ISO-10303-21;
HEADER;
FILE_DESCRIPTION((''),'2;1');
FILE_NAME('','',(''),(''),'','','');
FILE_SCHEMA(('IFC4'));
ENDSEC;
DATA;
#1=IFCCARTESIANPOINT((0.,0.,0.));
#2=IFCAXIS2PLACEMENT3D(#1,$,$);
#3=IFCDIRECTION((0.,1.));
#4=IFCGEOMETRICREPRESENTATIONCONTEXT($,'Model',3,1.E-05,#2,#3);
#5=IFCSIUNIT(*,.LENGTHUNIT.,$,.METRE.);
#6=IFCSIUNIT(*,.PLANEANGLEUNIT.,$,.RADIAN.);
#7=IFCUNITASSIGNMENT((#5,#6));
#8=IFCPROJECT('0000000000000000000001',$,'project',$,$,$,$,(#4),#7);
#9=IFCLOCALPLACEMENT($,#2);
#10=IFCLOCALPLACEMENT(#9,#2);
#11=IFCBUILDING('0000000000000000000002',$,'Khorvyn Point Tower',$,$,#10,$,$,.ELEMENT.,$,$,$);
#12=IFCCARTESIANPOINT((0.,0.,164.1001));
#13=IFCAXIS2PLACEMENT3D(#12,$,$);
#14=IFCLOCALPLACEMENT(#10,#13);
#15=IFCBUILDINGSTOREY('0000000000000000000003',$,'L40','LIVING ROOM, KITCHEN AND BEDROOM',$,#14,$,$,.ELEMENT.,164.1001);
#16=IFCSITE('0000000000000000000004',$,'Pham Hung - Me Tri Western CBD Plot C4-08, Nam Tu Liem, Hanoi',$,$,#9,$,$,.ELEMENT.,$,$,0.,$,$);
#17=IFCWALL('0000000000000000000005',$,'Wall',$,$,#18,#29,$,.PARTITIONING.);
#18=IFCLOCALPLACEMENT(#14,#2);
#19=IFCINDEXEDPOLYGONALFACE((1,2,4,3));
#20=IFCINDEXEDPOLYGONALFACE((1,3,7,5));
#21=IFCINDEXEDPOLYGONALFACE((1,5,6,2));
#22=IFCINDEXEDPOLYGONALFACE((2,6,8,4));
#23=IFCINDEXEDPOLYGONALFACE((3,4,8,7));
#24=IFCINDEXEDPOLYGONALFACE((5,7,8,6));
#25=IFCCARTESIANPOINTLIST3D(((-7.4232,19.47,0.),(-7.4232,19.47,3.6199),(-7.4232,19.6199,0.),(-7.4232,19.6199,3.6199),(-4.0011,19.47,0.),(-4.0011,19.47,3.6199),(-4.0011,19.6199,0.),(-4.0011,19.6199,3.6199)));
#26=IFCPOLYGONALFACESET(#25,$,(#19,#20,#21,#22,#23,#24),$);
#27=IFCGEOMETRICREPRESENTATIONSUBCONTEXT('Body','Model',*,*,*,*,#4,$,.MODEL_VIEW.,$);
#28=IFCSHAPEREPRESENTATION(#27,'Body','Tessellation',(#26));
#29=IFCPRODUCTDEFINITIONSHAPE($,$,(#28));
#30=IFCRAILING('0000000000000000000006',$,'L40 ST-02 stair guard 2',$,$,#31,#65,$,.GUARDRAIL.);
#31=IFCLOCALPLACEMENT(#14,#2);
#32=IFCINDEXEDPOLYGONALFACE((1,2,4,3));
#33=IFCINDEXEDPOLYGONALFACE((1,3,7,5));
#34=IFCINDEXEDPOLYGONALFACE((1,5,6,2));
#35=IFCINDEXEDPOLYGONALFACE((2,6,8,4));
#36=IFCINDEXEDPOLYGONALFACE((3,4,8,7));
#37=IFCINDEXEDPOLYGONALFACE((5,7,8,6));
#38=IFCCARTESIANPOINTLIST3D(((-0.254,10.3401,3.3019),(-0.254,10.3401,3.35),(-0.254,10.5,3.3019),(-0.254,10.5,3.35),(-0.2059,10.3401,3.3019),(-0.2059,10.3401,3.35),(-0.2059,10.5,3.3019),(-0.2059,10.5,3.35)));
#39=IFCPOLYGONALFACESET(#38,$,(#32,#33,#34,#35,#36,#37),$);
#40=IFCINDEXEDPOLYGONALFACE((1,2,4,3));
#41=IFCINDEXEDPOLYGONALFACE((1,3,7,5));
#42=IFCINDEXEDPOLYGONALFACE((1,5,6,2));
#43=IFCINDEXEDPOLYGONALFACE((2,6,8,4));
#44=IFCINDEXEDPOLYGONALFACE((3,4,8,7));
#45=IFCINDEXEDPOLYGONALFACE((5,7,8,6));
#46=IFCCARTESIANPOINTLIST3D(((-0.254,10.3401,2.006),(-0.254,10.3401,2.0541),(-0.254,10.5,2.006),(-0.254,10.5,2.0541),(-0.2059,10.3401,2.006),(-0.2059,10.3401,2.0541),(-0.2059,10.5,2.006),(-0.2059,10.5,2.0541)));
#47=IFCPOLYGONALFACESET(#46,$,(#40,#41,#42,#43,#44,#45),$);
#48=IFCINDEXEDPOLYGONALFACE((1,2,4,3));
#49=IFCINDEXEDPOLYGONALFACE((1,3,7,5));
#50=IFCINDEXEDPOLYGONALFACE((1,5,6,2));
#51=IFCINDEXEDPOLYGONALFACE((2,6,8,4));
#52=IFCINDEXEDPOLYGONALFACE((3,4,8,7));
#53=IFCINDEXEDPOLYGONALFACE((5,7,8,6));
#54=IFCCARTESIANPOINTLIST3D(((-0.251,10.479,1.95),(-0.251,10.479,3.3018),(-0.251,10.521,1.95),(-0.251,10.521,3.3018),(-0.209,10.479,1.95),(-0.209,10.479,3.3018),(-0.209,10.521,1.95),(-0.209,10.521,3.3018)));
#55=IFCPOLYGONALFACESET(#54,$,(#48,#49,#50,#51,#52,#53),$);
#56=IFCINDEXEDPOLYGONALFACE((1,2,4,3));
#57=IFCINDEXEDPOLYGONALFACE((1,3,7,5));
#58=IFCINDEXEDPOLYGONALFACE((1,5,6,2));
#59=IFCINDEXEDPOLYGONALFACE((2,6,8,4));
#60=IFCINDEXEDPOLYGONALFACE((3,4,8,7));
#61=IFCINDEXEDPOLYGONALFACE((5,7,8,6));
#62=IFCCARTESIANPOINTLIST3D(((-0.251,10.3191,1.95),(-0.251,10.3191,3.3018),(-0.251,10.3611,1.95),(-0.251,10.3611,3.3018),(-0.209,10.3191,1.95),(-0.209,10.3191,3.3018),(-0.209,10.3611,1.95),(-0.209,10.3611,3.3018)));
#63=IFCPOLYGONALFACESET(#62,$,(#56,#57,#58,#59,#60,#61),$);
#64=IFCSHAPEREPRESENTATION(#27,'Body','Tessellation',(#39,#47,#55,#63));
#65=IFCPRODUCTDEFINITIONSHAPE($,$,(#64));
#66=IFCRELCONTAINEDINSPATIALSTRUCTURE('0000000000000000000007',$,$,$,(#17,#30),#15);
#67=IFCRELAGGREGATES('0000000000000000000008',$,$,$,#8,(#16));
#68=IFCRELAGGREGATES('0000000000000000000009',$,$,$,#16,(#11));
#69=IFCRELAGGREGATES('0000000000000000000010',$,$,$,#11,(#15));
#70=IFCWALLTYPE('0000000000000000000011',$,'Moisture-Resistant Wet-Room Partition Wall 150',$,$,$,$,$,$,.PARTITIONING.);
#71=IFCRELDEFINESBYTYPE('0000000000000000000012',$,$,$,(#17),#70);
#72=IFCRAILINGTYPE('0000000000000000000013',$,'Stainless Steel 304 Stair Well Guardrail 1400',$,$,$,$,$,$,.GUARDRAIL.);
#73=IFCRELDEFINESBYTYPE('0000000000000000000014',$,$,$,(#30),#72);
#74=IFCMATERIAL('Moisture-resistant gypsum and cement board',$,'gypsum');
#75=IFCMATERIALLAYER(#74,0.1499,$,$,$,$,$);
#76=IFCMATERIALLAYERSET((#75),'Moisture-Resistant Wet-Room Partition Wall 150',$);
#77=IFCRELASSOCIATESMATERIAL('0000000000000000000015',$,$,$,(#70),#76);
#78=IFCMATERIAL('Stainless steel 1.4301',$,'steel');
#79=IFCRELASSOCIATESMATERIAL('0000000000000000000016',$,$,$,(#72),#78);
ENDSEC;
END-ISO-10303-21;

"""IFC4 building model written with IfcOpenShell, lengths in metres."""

from ifc_helpers import new_model, si_unit, direction, frame, frame_2d, origin, origin_2d, place, context, subcontext, project, spatial, rectangle, extrude, material, layer, layer_set, type_object, element, save


model = new_model("IFC4")

# Units and contexts
model_context = context("Model", 3, precision=1e-05, world=origin(), true_north=direction((0.0, 1.0)))
body_context = subcontext(model_context, "Body", "Model", "MODEL_VIEW")
ifc_project = project(units=[si_unit("LENGTHUNIT", "METRE"), si_unit("PLANEANGLEUNIT", "RADIAN")], contexts=[model_context])

# Site, building, storey
site_placement = place(None, origin())
site = spatial("IfcSite", under=ifc_project, at=site_placement, Name="Pham Hung - Me Tri Western CBD Plot C4-08, Nam Tu Liem, Hanoi", CompositionType="ELEMENT", RefElevation=0.0)
building_placement = place(site_placement, origin())
building = spatial("IfcBuilding", under=site, at=building_placement, Name="Khorvyn Point Tower", CompositionType="ELEMENT")
storey_placement = place(building_placement, frame((0.0, 0.0, 164.1001)))
storey = spatial("IfcBuildingStorey", under=building, at=storey_placement, Name="L40", Description="LIVING ROOM, KITCHEN AND BEDROOM", CompositionType="ELEMENT", Elevation=164.1001)

# Shared definitions
ifc_material_1 = material(Name="Moisture-resistant gypsum and cement board", Category="gypsum")
ifc_layer_1 = layer(ifc_material_1, 0.1499)
ifc_layer_set_1 = layer_set([ifc_layer_1], Name="Moisture-Resistant Wet-Room Partition Wall 150")
wall_type_1 = type_object("IfcWallType", Name="Moisture-Resistant Wet-Room Partition Wall 150", PredefinedType="PARTITIONING", material=ifc_layer_set_1)

# Wall
wall_1_placement = place(storey_placement, frame((-7.4231, 19.5449, 0.0), z_axis=(0.0, 0.0, 1.0), x_axis=(1.0, 0.0, 0.0)))
element("IfcWall", 1, at=wall_1_placement, inside=storey, type_object=wall_type_1, Name="Wall", PredefinedType="PARTITIONING", context=body_context, shape_type="SweptSolid", body=[
    extrude(rectangle(XDim=3.4221, YDim=0.1499, at=frame_2d((1.7109, 0.0))), origin(), (0.0, 0.0, 1.0), 3.6199),
])

# Railing
ifc_material_2 = material(Name="Stainless steel 1.4301", Category="steel")
railing_type = type_object("IfcRailingType", Name="Stainless Steel 304 Stair Well Guardrail 1400", PredefinedType="GUARDRAIL", material=ifc_material_2)
railing_placement = place(storey_placement, frame((-0.23, 10.5, 1.95)))
element("IfcRailing", 2, at=railing_placement, inside=storey, type_object=railing_type, Name="L40 ST-02 stair guard 2", PredefinedType="GUARDRAIL", context=body_context, shape_type="SweptSolid", body=[
    extrude(rectangle(XDim=0.0481, YDim=0.0481, at=origin_2d()), frame((0.0, 0.0, 1.376), z_axis=(0.0, -1.0, 0.0), x_axis=(1.0, 0.0, 0.0)), (0.0, 0.0, 1.0), 0.1599),
    extrude(rectangle(XDim=0.0481, YDim=0.0481, at=origin_2d()), frame((0.0, 0.0, 0.0801), z_axis=(0.0, -1.0, 0.0), x_axis=(1.0, 0.0, 0.0)), (0.0, 0.0, 1.0), 0.1599),
    extrude(rectangle(XDim=0.042, YDim=0.042, at=origin_2d()), origin(), (0.0, 0.0, 1.0), 1.3518),
    extrude(rectangle(XDim=0.042, YDim=0.042, at=origin_2d()), frame((0.0, -0.1599, 0.0)), (0.0, 0.0, 1.0), 1.3518),
])

save(model, "model.ifc")
